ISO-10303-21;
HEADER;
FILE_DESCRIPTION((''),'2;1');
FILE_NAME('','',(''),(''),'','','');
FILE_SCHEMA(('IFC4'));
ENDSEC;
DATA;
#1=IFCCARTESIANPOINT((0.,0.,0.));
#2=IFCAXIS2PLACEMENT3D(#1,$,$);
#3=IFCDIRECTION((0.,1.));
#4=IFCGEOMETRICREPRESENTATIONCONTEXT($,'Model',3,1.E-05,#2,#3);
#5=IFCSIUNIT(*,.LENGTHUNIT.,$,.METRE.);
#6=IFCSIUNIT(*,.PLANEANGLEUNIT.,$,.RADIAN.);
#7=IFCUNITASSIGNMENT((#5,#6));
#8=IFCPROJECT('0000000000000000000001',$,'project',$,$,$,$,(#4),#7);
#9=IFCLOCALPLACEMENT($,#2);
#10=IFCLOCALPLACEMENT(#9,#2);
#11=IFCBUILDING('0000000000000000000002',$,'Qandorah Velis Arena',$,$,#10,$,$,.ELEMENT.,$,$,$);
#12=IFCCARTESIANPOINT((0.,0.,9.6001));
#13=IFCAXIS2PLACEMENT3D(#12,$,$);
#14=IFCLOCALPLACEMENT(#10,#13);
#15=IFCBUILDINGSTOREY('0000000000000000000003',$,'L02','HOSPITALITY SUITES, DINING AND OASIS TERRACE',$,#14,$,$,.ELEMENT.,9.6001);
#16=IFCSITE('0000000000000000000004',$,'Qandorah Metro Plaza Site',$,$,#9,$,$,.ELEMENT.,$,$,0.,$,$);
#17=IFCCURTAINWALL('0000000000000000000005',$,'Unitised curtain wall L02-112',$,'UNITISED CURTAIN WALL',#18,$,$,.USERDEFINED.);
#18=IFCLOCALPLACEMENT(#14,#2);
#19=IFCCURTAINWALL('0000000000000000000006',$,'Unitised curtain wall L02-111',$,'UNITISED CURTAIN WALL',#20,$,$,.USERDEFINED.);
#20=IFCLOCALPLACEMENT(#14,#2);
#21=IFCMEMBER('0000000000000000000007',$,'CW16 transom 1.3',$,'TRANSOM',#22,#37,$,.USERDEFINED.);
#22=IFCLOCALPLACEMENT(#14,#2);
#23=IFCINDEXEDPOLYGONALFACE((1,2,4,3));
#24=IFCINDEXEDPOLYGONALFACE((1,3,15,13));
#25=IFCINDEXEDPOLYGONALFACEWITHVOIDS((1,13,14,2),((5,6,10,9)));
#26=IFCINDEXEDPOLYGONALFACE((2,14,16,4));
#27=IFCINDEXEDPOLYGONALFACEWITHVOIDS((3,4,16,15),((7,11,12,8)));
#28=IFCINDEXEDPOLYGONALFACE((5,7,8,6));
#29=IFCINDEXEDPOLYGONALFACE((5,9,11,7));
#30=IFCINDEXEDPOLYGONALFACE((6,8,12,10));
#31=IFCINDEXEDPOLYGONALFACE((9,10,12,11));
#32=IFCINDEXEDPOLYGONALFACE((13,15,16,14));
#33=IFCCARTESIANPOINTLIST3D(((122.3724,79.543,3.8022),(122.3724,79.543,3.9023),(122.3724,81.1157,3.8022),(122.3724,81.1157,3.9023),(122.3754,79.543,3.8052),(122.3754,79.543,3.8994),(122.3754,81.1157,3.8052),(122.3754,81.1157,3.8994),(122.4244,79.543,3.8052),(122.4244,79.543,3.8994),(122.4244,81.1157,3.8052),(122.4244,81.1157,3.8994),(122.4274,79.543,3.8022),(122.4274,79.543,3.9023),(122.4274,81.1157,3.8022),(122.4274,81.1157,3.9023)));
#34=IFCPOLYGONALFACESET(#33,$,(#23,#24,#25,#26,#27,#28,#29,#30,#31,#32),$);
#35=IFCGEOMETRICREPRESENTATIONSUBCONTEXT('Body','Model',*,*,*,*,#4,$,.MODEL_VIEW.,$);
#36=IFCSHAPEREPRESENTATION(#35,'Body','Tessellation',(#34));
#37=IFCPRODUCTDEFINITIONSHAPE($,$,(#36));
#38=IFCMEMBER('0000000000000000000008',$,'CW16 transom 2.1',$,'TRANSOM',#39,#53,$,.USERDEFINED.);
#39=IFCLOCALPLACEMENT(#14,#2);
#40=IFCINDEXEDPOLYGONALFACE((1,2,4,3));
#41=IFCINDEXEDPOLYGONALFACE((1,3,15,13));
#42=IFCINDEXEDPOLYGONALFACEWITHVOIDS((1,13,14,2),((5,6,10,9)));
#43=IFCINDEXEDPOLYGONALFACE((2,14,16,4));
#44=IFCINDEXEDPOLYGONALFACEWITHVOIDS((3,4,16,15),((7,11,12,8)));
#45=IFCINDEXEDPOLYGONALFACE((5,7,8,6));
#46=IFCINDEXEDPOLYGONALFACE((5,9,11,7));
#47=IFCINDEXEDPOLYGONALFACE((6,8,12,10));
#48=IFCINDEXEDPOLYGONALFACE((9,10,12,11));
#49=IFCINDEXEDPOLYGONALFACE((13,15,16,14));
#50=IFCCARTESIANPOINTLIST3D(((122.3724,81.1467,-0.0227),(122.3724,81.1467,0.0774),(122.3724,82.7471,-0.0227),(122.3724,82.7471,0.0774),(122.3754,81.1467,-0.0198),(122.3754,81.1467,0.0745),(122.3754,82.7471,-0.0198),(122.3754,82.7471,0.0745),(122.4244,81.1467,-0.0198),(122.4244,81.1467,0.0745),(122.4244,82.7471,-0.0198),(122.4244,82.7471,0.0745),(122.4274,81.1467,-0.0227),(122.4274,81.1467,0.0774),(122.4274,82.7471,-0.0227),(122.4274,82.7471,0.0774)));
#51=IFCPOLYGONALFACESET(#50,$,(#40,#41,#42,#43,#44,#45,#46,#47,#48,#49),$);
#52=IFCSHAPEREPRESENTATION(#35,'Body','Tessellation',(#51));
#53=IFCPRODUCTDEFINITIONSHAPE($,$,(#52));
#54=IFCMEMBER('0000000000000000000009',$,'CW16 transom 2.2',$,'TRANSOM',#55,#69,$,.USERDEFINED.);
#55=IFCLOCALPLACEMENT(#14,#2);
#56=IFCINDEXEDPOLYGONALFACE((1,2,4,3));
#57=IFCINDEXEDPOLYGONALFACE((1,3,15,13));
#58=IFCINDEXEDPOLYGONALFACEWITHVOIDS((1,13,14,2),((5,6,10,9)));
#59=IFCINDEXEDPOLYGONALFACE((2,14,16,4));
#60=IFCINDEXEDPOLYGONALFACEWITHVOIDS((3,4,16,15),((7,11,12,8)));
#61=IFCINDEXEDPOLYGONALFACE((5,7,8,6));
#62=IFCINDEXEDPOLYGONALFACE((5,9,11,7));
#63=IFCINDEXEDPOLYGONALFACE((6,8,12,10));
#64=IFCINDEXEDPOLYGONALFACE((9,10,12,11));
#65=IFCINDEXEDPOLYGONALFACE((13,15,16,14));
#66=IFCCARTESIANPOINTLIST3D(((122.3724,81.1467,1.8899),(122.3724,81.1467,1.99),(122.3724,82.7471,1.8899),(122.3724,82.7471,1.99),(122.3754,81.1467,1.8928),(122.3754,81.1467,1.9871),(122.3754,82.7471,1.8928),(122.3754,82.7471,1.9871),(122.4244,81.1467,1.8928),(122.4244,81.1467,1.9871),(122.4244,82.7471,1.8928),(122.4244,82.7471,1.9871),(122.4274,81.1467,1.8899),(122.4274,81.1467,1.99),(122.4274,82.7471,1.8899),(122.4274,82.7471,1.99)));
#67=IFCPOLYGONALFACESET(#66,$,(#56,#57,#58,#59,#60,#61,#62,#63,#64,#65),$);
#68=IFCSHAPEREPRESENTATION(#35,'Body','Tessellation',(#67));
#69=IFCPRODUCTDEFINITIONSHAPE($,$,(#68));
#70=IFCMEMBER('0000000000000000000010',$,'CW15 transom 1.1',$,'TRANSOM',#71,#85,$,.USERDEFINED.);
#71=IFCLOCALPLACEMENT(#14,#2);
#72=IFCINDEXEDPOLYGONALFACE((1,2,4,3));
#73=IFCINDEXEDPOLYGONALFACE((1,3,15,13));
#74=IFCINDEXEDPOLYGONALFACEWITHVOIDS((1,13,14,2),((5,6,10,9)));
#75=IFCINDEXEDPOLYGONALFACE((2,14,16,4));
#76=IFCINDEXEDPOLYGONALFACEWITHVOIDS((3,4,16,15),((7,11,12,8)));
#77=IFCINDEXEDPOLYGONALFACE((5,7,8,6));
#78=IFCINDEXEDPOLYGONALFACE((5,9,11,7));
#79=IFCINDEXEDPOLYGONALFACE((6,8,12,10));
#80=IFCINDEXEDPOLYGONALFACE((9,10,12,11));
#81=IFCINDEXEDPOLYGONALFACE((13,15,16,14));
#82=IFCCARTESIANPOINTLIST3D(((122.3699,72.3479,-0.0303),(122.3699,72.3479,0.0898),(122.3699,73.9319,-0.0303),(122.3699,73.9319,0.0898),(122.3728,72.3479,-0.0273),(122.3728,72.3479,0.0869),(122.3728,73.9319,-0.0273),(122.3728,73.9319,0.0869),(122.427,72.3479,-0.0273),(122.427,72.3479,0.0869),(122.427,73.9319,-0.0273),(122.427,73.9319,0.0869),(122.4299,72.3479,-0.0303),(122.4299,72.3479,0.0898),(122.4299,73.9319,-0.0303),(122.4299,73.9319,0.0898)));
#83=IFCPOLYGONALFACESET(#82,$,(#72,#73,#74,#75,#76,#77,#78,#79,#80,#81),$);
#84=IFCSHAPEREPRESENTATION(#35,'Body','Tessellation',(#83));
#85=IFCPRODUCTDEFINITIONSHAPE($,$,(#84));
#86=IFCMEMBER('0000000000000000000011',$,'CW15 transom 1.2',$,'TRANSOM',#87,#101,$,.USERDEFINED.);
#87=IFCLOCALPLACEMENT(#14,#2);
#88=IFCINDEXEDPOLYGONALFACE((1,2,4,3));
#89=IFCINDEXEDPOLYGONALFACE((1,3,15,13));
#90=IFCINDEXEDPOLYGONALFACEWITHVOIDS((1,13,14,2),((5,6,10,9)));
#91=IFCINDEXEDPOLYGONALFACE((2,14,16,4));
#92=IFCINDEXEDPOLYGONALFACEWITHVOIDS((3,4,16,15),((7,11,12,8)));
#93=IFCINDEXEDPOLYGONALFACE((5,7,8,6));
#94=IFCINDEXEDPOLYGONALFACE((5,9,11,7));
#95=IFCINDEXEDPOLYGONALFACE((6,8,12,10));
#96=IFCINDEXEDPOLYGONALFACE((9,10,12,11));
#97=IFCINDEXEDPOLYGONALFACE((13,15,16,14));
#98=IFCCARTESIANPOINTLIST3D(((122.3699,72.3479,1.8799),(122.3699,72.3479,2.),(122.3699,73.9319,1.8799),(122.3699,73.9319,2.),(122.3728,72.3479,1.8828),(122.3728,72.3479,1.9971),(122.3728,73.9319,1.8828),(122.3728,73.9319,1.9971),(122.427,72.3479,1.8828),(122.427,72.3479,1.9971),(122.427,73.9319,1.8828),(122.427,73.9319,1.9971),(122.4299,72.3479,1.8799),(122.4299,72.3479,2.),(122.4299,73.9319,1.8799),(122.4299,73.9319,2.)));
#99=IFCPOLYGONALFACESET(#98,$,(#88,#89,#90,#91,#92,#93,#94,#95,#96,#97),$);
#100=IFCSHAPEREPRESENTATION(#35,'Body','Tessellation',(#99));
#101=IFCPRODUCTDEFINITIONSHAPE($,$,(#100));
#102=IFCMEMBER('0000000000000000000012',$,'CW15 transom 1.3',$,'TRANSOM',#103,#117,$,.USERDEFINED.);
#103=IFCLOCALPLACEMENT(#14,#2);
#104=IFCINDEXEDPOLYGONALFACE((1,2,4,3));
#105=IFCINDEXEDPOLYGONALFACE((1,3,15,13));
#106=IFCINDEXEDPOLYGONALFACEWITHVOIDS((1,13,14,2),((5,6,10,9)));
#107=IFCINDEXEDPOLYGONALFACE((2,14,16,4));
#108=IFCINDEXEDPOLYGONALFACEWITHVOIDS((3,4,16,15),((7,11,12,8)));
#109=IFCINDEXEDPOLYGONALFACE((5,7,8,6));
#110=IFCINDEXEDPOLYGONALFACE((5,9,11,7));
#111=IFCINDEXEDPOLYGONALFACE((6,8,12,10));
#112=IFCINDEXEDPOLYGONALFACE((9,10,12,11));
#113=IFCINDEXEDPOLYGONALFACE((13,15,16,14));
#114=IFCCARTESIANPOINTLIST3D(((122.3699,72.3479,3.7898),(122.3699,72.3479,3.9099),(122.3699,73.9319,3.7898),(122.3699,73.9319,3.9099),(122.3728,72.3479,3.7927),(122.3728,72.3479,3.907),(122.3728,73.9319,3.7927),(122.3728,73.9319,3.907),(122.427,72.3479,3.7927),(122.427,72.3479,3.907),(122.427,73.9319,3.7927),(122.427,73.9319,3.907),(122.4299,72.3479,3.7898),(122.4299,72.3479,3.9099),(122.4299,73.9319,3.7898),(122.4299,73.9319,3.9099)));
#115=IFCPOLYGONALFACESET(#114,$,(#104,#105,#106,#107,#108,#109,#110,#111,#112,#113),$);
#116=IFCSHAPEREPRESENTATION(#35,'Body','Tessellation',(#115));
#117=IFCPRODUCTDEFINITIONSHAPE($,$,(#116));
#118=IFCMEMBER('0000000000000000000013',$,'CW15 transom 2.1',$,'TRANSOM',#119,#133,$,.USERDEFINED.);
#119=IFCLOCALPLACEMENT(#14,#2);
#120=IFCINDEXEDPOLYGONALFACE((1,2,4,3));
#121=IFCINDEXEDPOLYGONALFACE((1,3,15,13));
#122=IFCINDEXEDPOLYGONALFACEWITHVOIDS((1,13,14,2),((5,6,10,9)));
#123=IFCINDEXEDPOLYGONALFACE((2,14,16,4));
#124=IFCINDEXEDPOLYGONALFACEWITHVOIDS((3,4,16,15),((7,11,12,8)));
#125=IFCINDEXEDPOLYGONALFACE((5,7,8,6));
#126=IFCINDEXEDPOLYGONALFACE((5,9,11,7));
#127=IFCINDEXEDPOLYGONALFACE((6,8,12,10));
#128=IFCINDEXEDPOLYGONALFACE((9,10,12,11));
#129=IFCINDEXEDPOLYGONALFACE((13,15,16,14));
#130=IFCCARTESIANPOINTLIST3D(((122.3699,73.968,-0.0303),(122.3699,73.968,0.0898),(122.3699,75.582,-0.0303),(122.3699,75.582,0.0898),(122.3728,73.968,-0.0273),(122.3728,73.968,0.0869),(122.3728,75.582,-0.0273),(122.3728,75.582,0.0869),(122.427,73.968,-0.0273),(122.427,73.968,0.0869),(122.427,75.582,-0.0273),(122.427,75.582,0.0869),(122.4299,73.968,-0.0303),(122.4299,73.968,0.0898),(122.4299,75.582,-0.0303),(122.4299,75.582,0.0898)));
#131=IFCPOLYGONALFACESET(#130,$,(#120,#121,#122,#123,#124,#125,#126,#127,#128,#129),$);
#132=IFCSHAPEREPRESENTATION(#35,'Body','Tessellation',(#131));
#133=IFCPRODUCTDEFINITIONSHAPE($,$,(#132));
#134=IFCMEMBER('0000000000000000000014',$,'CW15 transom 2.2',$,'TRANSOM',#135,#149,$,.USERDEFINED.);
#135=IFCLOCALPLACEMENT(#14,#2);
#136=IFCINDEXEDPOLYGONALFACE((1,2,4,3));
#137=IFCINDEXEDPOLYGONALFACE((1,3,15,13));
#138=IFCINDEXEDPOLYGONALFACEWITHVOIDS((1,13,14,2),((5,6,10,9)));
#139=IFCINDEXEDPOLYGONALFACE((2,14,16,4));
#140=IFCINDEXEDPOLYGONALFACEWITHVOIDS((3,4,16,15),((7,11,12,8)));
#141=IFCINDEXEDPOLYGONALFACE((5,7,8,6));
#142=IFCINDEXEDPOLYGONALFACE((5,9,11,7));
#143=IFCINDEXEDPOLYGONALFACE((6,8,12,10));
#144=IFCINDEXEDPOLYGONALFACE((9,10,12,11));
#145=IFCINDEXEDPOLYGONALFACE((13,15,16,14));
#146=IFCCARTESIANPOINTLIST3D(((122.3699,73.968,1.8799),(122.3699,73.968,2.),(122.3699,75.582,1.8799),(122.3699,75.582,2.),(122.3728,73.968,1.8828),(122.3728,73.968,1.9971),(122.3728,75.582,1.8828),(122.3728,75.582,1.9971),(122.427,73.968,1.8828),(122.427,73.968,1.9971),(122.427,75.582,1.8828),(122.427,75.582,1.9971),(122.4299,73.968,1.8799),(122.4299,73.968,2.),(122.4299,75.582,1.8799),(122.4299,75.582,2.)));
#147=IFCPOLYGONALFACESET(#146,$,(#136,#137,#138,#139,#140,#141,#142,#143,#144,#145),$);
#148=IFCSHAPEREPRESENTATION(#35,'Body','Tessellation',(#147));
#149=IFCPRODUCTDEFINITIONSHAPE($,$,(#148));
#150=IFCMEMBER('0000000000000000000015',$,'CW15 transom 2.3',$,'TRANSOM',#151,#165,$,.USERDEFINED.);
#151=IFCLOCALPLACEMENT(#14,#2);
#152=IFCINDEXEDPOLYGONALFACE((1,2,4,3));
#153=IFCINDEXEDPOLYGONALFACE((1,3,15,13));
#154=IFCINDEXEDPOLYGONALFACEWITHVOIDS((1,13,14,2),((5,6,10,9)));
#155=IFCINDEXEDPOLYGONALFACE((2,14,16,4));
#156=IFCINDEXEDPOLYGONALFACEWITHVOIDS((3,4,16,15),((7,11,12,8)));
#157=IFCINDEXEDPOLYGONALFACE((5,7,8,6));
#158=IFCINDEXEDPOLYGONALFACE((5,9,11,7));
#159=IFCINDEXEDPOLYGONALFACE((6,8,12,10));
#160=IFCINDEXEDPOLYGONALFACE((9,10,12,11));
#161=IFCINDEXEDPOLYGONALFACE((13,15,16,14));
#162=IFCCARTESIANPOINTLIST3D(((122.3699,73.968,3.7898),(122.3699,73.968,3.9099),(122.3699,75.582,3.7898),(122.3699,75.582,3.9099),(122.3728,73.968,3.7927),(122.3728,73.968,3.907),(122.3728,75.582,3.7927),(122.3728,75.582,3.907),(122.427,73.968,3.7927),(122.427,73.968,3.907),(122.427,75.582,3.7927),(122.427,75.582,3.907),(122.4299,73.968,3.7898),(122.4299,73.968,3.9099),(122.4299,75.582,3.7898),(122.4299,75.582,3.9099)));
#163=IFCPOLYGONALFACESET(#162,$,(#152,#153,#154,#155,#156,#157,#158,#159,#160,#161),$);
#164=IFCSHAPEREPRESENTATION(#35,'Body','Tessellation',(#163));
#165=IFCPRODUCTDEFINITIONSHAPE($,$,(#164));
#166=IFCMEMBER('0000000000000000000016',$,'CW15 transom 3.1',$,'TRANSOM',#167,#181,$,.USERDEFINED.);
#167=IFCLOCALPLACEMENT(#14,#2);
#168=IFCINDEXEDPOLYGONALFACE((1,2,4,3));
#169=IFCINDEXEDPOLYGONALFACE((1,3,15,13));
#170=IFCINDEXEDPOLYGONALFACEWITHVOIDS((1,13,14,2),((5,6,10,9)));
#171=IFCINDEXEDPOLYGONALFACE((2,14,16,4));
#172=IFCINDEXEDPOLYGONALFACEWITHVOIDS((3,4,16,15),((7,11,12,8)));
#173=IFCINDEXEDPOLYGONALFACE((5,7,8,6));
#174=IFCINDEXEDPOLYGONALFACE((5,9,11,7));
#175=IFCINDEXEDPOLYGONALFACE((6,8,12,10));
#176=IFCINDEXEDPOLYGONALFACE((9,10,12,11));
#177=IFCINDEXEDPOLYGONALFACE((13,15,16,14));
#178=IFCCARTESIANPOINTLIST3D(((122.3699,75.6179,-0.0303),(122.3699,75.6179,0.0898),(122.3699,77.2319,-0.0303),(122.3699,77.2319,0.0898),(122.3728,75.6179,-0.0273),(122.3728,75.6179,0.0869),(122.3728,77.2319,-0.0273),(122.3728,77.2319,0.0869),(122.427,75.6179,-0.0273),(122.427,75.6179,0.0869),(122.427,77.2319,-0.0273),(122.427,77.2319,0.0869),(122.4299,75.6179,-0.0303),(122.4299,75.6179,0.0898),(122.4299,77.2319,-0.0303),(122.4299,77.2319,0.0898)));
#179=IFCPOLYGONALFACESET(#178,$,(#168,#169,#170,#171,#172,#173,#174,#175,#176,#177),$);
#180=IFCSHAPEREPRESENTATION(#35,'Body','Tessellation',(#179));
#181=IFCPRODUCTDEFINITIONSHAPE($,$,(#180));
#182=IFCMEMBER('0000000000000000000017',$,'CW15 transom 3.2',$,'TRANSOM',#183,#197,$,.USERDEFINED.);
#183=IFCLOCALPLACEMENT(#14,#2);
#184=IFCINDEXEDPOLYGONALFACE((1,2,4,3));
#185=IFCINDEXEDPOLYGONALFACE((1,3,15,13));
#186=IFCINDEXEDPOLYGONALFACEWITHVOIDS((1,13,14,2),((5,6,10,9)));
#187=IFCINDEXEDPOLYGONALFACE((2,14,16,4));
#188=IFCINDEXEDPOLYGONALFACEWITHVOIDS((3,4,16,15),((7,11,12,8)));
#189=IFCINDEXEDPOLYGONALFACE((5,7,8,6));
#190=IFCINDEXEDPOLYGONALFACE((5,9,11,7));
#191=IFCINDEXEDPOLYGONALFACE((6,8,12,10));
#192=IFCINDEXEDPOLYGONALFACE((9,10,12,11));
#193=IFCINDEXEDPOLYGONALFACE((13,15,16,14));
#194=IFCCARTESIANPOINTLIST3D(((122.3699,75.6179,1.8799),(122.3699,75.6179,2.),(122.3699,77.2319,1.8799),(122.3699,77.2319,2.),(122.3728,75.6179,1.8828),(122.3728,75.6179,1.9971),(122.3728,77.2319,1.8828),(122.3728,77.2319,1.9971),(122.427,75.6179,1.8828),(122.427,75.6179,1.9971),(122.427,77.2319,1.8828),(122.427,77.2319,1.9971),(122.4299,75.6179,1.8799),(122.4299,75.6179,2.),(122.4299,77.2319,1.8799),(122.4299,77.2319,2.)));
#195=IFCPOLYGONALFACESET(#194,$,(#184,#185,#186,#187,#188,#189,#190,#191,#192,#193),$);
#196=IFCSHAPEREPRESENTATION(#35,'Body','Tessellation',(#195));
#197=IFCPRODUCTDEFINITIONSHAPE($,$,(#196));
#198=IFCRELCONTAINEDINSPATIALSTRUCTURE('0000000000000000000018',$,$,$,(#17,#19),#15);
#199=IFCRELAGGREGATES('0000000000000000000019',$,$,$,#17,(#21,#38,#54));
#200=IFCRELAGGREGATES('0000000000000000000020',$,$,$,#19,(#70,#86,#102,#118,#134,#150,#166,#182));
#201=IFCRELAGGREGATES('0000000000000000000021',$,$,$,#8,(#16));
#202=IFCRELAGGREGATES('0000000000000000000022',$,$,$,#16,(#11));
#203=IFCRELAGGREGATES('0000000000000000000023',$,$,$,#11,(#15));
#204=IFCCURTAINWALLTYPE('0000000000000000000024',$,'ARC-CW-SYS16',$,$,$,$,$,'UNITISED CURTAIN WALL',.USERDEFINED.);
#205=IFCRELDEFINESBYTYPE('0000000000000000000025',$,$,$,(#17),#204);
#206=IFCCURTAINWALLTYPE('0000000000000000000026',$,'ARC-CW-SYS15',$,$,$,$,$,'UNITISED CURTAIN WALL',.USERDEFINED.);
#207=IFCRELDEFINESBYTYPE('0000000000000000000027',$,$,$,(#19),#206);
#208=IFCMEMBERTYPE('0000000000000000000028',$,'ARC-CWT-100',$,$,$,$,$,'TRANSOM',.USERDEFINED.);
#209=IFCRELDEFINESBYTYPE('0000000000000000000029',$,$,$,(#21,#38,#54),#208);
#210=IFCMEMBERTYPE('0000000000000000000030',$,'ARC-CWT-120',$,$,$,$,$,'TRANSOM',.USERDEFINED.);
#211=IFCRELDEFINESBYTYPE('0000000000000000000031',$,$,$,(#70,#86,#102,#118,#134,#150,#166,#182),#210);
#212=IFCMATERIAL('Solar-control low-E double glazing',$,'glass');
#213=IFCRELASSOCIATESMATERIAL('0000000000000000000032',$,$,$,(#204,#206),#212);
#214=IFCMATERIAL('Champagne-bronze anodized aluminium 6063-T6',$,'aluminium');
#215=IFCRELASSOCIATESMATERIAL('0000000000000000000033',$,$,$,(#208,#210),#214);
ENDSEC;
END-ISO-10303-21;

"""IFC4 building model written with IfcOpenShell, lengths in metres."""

from ifc_helpers import new_model, si_unit, direction, frame, origin, origin_2d, place, context, subcontext, project, spatial, hollow_rectangle, extrude, material, material_profile, profile_set, type_object, element, aggregate, save


model = new_model("IFC4")

# Units and contexts
model_context = context("Model", 3, precision=1e-05, world=origin(), true_north=direction((0.0, 1.0)))
body_context = subcontext(model_context, "Body", "Model", "MODEL_VIEW")
ifc_project = project(units=[si_unit("LENGTHUNIT", "METRE"), si_unit("PLANEANGLEUNIT", "RADIAN")], contexts=[model_context])

# Site, building, storey
site_placement = place(None, origin())
site = spatial("IfcSite", under=ifc_project, at=site_placement, Name="Qandorah Metro Plaza Site", CompositionType="ELEMENT", RefElevation=0.0)
building_placement = place(site_placement, origin())
building = spatial("IfcBuilding", under=site, at=building_placement, Name="Qandorah Velis Arena", CompositionType="ELEMENT")
storey_placement = place(building_placement, frame((0.0, 0.0, 9.6001)))
storey = spatial("IfcBuildingStorey", under=building, at=storey_placement, Name="L02", Description="HOSPITALITY SUITES, DINING AND OASIS TERRACE", CompositionType="ELEMENT", Elevation=9.6001)

# Curtain walls
ifc_material_1 = material(Name="Solar-control low-E double glazing", Category="glass")
curtain_wall_type_1 = type_object("IfcCurtainWallType", Name="ARC-CW-SYS16", ElementType="UNITISED CURTAIN WALL", PredefinedType="USERDEFINED", material=ifc_material_1)
curtain_wall_1_placement = place(storey_placement, origin())
curtain_wall_1 = element("IfcCurtainWall", 1, at=curtain_wall_1_placement, inside=storey, type_object=curtain_wall_type_1, Name="Unitised curtain wall L02-112", ObjectType="UNITISED CURTAIN WALL", PredefinedType="USERDEFINED")
ifc_material_2 = material(Name="Champagne-bronze anodized aluminium 6063-T6", Category="aluminium")
curtain_wall_type_2 = type_object("IfcCurtainWallType", Name="ARC-CW-SYS15", ElementType="UNITISED CURTAIN WALL", PredefinedType="USERDEFINED", material=ifc_material_1)
curtain_wall_2_placement = place(storey_placement, origin())
curtain_wall_2 = element("IfcCurtainWall", 2, at=curtain_wall_2_placement, inside=storey, type_object=curtain_wall_type_2, Name="Unitised curtain wall L02-111", ObjectType="UNITISED CURTAIN WALL", PredefinedType="USERDEFINED")

# Members
ifc_material_profile_1 = material_profile(ifc_material_2, hollow_rectangle(XDim=0.0549, YDim=0.1001, WallThickness=0.0029, at=origin_2d()), Name="ALU TRANSOM 55x100")
ifc_profile_set_1 = profile_set([ifc_material_profile_1], Name="Champagne-bronze anodized aluminium 6063-T6")
member_type_1 = type_object("IfcMemberType", Name="ARC-CWT-100", ElementType="TRANSOM", PredefinedType="USERDEFINED", material=ifc_profile_set_1)
member_1_placement = place(storey_placement, frame((122.3999, 79.543, 3.8523), z_axis=(0.0, 1.0, 0.0), x_axis=(-1.0, 0.0, 0.0)))
member_1 = element("IfcMember", 3, at=member_1_placement, type_object=member_type_1, Name="CW16 transom 1.3", ObjectType="TRANSOM", PredefinedType="USERDEFINED", context=body_context, shape_type="SweptSolid", body=[
    extrude(hollow_rectangle(XDim=0.0549, YDim=0.1001, WallThickness=0.0029, at=origin_2d()), origin(), (0.0, 0.0, 1.0), 1.5728),
])
member_2_placement = place(storey_placement, frame((122.3999, 81.1467, 0.0273), z_axis=(0.0, 1.0, 0.0), x_axis=(-1.0, 0.0, 0.0)))
member_2 = element("IfcMember", 4, at=member_2_placement, type_object=member_type_1, Name="CW16 transom 2.1", ObjectType="TRANSOM", PredefinedType="USERDEFINED", context=body_context, shape_type="SweptSolid", body=[
    extrude(hollow_rectangle(XDim=0.0549, YDim=0.1001, WallThickness=0.0029, at=origin_2d()), origin(), (0.0, 0.0, 1.0), 1.6003),
])
member_3_placement = place(storey_placement, frame((122.3999, 81.1467, 1.9399), z_axis=(0.0, 1.0, 0.0), x_axis=(-1.0, 0.0, 0.0)))
member_3 = element("IfcMember", 5, at=member_3_placement, type_object=member_type_1, Name="CW16 transom 2.2", ObjectType="TRANSOM", PredefinedType="USERDEFINED", context=body_context, shape_type="SweptSolid", body=[
    extrude(hollow_rectangle(XDim=0.0549, YDim=0.1001, WallThickness=0.0029, at=origin_2d()), origin(), (0.0, 0.0, 1.0), 1.6003),
])
ifc_material_profile_2 = material_profile(ifc_material_2, hollow_rectangle(XDim=0.0601, YDim=0.1201, WallThickness=0.0029, at=origin_2d()), Name="ALU TRANSOM 60x120")
ifc_profile_set_2 = profile_set([ifc_material_profile_2], Name="Champagne-bronze anodized aluminium 6063-T6")
member_type_2 = type_object("IfcMemberType", Name="ARC-CWT-120", ElementType="TRANSOM", PredefinedType="USERDEFINED", material=ifc_profile_set_2)
member_4_placement = place(storey_placement, frame((122.3999, 72.3479, 0.0298), z_axis=(0.0, 1.0, 0.0), x_axis=(-1.0, 0.0, 0.0)))
member_4 = element("IfcMember", 6, at=member_4_placement, type_object=member_type_2, Name="CW15 transom 1.1", ObjectType="TRANSOM", PredefinedType="USERDEFINED", context=body_context, shape_type="SweptSolid", body=[
    extrude(hollow_rectangle(XDim=0.0601, YDim=0.1201, WallThickness=0.0029, at=origin_2d()), origin(), (0.0, 0.0, 1.0), 1.584),
])
member_5_placement = place(storey_placement, frame((122.3999, 72.3479, 1.9399), z_axis=(0.0, 1.0, 0.0), x_axis=(-1.0, 0.0, 0.0)))
member_5 = element("IfcMember", 7, at=member_5_placement, type_object=member_type_2, Name="CW15 transom 1.2", ObjectType="TRANSOM", PredefinedType="USERDEFINED", context=body_context, shape_type="SweptSolid", body=[
    extrude(hollow_rectangle(XDim=0.0601, YDim=0.1201, WallThickness=0.0029, at=origin_2d()), origin(), (0.0, 0.0, 1.0), 1.584),
])
member_6_placement = place(storey_placement, frame((122.3999, 72.3479, 3.8499), z_axis=(0.0, 1.0, 0.0), x_axis=(-1.0, 0.0, 0.0)))
member_6 = element("IfcMember", 8, at=member_6_placement, type_object=member_type_2, Name="CW15 transom 1.3", ObjectType="TRANSOM", PredefinedType="USERDEFINED", context=body_context, shape_type="SweptSolid", body=[
    extrude(hollow_rectangle(XDim=0.0601, YDim=0.1201, WallThickness=0.0029, at=origin_2d()), origin(), (0.0, 0.0, 1.0), 1.584),
])
member_7_placement = place(storey_placement, frame((122.3999, 73.968, 0.0298), z_axis=(0.0, 1.0, 0.0), x_axis=(-1.0, 0.0, 0.0)))
member_7 = element("IfcMember", 9, at=member_7_placement, type_object=member_type_2, Name="CW15 transom 2.1", ObjectType="TRANSOM", PredefinedType="USERDEFINED", context=body_context, shape_type="SweptSolid", body=[
    extrude(hollow_rectangle(XDim=0.0601, YDim=0.1201, WallThickness=0.0029, at=origin_2d()), origin(), (0.0, 0.0, 1.0), 1.614),
])
member_8_placement = place(storey_placement, frame((122.3999, 73.968, 1.9399), z_axis=(0.0, 1.0, 0.0), x_axis=(-1.0, 0.0, 0.0)))
member_8 = element("IfcMember", 10, at=member_8_placement, type_object=member_type_2, Name="CW15 transom 2.2", ObjectType="TRANSOM", PredefinedType="USERDEFINED", context=body_context, shape_type="SweptSolid", body=[
    extrude(hollow_rectangle(XDim=0.0601, YDim=0.1201, WallThickness=0.0029, at=origin_2d()), origin(), (0.0, 0.0, 1.0), 1.614),
])
member_9_placement = place(storey_placement, frame((122.3999, 73.968, 3.8499), z_axis=(0.0, 1.0, 0.0), x_axis=(-1.0, 0.0, 0.0)))
member_9 = element("IfcMember", 11, at=member_9_placement, type_object=member_type_2, Name="CW15 transom 2.3", ObjectType="TRANSOM", PredefinedType="USERDEFINED", context=body_context, shape_type="SweptSolid", body=[
    extrude(hollow_rectangle(XDim=0.0601, YDim=0.1201, WallThickness=0.0029, at=origin_2d()), origin(), (0.0, 0.0, 1.0), 1.614),
])
member_10_placement = place(storey_placement, frame((122.3999, 75.6179, 0.0298), z_axis=(0.0, 1.0, 0.0), x_axis=(-1.0, 0.0, 0.0)))
member_10 = element("IfcMember", 12, at=member_10_placement, type_object=member_type_2, Name="CW15 transom 3.1", ObjectType="TRANSOM", PredefinedType="USERDEFINED", context=body_context, shape_type="SweptSolid", body=[
    extrude(hollow_rectangle(XDim=0.0601, YDim=0.1201, WallThickness=0.0029, at=origin_2d()), origin(), (0.0, 0.0, 1.0), 1.614),
])
member_11_placement = place(storey_placement, frame((122.3999, 75.6179, 1.9399), z_axis=(0.0, 1.0, 0.0), x_axis=(-1.0, 0.0, 0.0)))
member_11 = element("IfcMember", 13, at=member_11_placement, type_object=member_type_2, Name="CW15 transom 3.2", ObjectType="TRANSOM", PredefinedType="USERDEFINED", context=body_context, shape_type="SweptSolid", body=[
    extrude(hollow_rectangle(XDim=0.0601, YDim=0.1201, WallThickness=0.0029, at=origin_2d()), origin(), (0.0, 0.0, 1.0), 1.614),
])

aggregate(curtain_wall_1, [member_1, member_2, member_3])
aggregate(curtain_wall_2, [member_4, member_5, member_6, member_7, member_8, member_9, member_10, member_11])

save(model, "model.ifc")
